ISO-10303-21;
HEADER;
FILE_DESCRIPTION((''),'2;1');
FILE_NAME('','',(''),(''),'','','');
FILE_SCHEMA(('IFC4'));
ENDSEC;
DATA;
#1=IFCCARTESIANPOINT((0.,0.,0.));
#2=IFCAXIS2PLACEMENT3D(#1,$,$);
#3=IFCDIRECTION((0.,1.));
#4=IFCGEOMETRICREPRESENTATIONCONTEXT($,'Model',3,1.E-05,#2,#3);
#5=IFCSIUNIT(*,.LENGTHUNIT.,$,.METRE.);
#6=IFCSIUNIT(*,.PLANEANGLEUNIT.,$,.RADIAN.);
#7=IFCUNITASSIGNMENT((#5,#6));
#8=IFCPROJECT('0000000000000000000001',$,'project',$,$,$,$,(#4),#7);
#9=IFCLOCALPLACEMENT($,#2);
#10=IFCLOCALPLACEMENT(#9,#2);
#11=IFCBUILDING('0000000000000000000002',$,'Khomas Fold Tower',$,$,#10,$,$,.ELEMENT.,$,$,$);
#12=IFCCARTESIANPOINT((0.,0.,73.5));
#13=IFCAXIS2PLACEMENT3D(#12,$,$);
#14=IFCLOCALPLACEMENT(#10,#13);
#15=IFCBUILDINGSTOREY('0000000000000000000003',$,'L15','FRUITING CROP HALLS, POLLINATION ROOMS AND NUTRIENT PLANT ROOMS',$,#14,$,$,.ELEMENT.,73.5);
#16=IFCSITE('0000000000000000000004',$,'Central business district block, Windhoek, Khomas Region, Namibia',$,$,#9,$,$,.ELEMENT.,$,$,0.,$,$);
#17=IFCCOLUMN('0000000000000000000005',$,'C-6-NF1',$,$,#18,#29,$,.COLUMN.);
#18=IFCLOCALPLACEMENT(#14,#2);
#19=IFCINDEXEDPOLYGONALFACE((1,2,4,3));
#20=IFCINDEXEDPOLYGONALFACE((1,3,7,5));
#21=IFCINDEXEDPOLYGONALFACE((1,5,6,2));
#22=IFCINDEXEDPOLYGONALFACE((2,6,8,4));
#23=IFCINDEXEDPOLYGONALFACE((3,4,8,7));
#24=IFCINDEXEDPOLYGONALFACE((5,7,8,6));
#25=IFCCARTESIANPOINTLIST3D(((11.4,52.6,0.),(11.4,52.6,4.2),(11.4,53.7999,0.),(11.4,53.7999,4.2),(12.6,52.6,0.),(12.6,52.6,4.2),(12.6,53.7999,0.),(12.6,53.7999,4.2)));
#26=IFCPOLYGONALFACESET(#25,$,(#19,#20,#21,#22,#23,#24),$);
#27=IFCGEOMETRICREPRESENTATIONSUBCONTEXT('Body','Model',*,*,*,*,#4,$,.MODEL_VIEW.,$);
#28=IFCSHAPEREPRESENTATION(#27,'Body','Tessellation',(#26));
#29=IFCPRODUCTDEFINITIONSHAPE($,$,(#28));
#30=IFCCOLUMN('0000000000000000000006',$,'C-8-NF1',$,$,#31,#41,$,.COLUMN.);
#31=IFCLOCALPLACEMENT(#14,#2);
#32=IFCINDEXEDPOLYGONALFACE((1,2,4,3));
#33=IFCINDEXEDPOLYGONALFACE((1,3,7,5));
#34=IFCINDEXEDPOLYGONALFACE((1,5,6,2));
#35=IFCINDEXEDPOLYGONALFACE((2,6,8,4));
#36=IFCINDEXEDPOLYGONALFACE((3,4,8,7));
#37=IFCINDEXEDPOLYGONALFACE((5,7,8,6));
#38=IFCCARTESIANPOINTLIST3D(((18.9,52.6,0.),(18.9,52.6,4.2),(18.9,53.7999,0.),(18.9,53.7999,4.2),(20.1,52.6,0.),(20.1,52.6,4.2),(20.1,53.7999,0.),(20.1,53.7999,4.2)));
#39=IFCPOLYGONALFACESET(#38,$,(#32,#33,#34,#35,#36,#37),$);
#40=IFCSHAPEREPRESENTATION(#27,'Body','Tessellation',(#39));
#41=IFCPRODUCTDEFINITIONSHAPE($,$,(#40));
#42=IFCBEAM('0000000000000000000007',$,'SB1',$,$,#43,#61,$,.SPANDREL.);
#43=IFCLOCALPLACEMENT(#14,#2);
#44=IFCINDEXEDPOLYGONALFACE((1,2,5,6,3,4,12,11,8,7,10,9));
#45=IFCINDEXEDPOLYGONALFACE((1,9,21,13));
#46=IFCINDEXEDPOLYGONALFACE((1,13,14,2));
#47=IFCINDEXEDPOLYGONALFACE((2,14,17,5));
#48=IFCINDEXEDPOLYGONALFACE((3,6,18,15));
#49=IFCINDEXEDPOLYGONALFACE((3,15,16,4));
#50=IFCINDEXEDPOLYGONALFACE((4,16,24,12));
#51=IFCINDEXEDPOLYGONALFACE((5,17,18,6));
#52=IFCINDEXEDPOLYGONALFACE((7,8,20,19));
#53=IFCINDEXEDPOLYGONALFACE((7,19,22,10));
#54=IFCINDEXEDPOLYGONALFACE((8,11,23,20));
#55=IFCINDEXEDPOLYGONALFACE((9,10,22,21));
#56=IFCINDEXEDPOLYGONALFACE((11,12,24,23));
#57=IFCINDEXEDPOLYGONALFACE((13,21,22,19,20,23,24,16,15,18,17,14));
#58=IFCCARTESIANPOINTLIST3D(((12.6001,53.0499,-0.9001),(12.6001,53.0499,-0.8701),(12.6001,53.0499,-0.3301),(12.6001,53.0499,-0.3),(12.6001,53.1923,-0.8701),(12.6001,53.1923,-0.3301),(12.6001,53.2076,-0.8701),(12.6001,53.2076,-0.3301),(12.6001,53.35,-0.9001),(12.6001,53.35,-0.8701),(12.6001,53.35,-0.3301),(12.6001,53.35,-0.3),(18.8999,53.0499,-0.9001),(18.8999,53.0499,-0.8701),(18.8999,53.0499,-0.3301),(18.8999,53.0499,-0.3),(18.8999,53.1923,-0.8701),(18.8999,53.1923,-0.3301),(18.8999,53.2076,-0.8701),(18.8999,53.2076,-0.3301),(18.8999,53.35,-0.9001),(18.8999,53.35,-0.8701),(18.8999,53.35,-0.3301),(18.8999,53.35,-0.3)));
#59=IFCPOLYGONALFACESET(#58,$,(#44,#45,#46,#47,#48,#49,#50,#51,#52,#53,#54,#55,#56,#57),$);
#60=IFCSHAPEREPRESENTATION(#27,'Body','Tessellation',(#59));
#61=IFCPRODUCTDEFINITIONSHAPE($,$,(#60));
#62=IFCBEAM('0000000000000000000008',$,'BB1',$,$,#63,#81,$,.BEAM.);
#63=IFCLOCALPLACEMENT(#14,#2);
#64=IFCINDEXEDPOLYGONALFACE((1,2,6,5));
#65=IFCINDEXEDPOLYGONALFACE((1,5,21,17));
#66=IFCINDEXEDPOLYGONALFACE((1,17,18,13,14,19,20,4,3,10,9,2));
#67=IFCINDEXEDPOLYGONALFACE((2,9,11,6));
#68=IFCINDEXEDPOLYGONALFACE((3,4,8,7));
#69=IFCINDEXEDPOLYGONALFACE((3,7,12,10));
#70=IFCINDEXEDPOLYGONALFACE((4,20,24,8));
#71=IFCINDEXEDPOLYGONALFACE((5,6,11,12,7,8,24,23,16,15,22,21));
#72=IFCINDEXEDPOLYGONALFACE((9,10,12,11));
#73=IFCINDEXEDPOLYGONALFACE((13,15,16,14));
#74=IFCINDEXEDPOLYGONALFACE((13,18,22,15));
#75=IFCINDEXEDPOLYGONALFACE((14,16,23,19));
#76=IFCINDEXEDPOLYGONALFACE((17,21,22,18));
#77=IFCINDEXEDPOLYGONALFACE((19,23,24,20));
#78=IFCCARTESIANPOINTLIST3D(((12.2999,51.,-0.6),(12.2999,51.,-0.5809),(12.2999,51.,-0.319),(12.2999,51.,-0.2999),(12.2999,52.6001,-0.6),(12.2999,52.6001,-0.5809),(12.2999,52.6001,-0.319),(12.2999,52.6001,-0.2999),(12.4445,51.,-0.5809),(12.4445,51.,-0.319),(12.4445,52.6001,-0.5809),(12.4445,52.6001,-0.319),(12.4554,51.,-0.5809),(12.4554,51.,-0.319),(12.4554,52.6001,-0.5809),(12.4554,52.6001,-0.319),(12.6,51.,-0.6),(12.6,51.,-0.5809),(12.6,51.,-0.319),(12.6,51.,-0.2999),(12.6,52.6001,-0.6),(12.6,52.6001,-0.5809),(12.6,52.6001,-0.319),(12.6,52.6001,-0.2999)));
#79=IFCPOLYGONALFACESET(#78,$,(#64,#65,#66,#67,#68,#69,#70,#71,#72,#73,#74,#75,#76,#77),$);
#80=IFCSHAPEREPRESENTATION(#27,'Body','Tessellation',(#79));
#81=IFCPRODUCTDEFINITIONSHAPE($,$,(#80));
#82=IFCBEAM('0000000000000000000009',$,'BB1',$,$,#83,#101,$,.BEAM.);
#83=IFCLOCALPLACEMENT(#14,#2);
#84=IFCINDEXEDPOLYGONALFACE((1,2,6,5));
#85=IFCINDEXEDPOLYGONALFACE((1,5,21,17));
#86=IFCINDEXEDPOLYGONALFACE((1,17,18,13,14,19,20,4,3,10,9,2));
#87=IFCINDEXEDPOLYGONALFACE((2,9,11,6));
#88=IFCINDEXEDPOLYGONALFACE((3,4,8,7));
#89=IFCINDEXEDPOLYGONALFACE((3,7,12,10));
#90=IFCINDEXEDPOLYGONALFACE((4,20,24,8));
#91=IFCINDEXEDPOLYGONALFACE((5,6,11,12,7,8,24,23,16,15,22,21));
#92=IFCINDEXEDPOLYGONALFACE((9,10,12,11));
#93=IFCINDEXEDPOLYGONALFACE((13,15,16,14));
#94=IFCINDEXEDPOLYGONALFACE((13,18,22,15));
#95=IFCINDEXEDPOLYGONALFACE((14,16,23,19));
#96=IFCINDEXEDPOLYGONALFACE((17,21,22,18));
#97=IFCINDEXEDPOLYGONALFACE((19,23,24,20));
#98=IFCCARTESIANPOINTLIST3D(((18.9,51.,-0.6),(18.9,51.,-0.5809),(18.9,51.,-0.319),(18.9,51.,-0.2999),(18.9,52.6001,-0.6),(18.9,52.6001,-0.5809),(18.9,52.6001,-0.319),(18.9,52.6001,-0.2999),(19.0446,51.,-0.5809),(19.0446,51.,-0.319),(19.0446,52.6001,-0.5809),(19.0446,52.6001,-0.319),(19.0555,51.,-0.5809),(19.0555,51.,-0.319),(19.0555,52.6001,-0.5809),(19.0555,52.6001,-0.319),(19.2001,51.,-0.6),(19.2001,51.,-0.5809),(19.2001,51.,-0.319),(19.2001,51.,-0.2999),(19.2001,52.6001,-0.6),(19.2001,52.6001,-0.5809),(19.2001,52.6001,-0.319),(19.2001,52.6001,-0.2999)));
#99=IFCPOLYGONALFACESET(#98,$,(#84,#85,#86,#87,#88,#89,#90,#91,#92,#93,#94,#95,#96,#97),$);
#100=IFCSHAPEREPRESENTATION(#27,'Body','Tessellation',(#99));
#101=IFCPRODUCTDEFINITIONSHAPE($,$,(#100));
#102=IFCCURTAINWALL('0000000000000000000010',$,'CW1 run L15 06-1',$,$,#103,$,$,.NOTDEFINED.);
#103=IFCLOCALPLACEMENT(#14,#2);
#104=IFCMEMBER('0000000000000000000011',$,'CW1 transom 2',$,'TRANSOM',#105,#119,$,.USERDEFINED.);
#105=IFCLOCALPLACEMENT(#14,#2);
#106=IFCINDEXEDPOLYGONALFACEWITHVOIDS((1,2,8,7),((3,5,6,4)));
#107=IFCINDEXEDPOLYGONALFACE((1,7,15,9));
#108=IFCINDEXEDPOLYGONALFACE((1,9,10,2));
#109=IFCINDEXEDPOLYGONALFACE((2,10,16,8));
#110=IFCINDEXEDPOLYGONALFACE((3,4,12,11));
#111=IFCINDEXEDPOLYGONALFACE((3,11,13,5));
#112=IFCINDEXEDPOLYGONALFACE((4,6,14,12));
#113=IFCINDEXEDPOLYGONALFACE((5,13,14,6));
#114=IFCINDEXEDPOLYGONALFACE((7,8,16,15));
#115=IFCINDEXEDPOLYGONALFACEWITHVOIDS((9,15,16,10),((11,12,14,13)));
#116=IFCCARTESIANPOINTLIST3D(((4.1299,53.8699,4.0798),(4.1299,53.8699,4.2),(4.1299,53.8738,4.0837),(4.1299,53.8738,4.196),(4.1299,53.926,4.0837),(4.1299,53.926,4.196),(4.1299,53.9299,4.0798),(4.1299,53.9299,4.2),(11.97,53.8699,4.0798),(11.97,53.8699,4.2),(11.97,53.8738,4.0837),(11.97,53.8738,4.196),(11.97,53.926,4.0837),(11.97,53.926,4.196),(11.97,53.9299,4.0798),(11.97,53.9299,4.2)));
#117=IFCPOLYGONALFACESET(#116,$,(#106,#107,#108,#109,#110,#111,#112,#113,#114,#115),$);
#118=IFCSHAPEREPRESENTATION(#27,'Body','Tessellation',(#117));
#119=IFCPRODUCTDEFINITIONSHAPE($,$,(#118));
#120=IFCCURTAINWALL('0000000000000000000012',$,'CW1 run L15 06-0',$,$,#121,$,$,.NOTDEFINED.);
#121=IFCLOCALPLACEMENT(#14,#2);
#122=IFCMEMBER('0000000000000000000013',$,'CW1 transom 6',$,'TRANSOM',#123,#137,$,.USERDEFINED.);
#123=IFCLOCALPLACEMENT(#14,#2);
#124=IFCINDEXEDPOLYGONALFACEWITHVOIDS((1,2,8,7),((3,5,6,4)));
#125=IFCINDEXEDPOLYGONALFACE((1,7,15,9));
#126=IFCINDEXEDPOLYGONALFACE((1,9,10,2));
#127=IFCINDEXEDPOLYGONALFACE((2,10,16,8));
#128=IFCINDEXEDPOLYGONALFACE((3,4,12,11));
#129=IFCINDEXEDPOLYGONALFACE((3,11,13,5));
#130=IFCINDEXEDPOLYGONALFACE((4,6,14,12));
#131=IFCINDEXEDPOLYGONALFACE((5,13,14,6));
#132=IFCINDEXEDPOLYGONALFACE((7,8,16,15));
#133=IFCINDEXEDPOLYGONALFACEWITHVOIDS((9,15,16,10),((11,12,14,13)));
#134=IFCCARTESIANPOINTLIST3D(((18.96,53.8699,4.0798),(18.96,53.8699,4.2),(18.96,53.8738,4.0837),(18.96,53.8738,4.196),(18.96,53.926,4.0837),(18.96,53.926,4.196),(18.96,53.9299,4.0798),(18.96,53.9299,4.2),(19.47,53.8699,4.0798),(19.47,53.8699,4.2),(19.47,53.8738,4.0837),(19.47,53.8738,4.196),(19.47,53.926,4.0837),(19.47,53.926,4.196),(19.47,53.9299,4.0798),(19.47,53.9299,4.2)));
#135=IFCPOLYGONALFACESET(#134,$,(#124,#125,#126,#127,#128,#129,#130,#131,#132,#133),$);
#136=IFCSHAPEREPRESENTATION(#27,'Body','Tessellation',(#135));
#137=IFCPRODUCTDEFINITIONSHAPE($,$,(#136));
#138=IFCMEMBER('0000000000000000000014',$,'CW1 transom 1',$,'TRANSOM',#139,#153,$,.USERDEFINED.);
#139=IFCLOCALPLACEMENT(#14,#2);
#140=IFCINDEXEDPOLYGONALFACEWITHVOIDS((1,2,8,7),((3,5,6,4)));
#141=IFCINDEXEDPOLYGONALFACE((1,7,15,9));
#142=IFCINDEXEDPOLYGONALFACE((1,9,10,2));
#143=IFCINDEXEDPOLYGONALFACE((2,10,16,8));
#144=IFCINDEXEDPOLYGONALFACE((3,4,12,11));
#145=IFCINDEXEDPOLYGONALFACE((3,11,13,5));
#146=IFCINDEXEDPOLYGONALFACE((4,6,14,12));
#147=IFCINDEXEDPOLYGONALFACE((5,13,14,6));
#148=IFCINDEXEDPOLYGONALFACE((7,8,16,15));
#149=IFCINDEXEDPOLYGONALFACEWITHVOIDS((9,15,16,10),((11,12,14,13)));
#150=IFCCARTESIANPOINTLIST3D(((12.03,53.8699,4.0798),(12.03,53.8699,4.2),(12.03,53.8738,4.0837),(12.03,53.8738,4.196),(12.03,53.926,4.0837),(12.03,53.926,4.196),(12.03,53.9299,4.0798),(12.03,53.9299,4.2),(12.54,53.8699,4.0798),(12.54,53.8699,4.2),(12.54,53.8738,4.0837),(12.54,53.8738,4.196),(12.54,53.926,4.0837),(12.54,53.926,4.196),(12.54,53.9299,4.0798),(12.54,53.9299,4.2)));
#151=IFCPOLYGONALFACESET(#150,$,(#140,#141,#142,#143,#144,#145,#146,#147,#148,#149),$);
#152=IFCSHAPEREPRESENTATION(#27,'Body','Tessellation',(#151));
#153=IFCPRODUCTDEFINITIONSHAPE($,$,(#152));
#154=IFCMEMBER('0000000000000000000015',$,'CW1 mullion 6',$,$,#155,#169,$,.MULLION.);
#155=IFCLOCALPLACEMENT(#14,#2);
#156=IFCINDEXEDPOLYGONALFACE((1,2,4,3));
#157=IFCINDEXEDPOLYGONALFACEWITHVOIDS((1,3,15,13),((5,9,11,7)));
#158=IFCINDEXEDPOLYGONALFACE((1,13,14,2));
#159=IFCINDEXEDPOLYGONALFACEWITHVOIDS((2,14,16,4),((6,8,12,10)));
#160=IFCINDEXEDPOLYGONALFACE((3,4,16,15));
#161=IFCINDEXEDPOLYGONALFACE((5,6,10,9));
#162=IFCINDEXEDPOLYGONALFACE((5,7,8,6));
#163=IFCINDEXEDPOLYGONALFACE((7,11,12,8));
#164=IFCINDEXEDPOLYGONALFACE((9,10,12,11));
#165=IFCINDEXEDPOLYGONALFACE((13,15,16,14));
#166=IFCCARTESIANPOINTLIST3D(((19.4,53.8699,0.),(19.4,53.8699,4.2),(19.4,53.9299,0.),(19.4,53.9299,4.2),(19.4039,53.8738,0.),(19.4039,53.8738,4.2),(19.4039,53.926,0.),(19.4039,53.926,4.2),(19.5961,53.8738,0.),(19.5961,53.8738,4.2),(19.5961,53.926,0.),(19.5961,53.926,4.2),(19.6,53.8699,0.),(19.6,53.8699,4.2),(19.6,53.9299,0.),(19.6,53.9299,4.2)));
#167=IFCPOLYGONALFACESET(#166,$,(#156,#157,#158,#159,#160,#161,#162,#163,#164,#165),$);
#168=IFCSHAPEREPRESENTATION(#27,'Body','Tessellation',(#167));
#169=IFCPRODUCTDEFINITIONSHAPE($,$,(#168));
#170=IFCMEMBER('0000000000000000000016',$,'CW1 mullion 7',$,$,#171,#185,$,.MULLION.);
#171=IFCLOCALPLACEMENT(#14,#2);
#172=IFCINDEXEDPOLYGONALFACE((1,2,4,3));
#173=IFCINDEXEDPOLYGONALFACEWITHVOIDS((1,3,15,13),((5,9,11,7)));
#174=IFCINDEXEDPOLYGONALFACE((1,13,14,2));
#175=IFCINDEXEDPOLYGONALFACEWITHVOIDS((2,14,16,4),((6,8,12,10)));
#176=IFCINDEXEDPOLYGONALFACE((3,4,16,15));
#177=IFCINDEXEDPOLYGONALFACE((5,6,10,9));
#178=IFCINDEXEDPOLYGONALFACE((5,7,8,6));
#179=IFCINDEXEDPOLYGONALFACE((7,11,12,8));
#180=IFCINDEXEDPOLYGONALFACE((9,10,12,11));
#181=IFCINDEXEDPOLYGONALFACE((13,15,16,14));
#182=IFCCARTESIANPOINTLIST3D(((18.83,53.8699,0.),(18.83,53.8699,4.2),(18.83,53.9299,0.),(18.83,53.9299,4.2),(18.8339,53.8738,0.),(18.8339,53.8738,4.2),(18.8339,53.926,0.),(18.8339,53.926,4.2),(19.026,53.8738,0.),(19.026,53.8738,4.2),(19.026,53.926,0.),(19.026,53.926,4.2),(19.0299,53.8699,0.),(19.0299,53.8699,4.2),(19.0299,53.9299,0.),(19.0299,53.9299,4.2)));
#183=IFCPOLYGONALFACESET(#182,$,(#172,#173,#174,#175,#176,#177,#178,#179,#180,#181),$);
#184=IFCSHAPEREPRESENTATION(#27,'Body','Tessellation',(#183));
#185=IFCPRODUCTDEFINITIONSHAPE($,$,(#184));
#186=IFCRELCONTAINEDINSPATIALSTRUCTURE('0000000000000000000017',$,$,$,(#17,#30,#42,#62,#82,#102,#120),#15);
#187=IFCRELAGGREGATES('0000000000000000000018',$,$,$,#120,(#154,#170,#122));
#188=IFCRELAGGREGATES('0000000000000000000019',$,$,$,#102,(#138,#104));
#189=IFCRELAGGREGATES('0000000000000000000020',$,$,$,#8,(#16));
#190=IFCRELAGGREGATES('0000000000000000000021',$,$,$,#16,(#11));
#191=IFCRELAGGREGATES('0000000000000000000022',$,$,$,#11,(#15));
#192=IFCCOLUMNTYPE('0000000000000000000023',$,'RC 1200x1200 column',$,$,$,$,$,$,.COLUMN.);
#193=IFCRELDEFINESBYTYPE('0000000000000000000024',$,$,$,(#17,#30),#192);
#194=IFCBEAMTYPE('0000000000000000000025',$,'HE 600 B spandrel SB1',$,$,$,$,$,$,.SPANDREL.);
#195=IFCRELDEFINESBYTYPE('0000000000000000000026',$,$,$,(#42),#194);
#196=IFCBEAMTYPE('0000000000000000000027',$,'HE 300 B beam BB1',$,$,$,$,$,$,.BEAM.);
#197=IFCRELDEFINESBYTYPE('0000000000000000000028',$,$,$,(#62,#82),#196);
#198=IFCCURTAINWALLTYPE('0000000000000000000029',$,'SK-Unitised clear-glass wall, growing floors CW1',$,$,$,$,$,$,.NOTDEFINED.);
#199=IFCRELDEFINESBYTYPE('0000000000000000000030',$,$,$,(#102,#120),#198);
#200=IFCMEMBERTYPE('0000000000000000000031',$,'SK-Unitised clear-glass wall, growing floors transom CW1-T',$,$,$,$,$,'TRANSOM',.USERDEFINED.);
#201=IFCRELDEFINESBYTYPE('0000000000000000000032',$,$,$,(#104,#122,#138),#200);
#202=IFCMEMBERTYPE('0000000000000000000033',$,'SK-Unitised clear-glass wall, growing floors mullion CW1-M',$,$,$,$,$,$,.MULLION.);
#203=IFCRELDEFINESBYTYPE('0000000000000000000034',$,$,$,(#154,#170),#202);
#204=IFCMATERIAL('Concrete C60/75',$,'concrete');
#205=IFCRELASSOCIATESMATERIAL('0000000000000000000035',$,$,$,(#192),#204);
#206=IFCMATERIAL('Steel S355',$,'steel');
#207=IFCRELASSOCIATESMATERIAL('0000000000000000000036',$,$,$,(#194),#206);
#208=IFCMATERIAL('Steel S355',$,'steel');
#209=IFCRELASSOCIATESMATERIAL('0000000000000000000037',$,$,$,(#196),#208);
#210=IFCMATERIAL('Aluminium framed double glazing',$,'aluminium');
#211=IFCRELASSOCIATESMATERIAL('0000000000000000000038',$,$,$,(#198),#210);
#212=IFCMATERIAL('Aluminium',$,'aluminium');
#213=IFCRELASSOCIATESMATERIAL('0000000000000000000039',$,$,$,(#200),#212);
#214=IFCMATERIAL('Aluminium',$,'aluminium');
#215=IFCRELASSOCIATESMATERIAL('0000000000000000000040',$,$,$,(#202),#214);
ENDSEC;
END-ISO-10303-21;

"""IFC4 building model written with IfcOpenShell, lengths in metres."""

from ifc_helpers import new_model, si_unit, direction, frame, origin, origin_2d, place, context, subcontext, project, spatial, rectangle, hollow_rectangle, i_section, extrude, source, transform, mapped, material, material_profile, profile_set, type_object, element, aggregate, save


model = new_model("IFC4")

# Units and contexts
model_context = context("Model", 3, precision=1e-05, world=origin(), true_north=direction((0.0, 1.0)))
body_context = subcontext(model_context, "Body", "Model", "MODEL_VIEW")
ifc_project = project(units=[si_unit("LENGTHUNIT", "METRE"), si_unit("PLANEANGLEUNIT", "RADIAN")], contexts=[model_context])

# Site, building, storey
site_placement = place(None, origin())
site = spatial("IfcSite", under=ifc_project, at=site_placement, Name="Central business district block, Windhoek, Khomas Region, Namibia", CompositionType="ELEMENT", RefElevation=0.0)
building_placement = place(site_placement, origin())
building = spatial("IfcBuilding", under=site, at=building_placement, Name="Khomas Fold Tower", CompositionType="ELEMENT")
storey_placement = place(building_placement, frame((0.0, 0.0, 73.5)))
storey = spatial("IfcBuildingStorey", under=building, at=storey_placement, Name="L15", Description="FRUITING CROP HALLS, POLLINATION ROOMS AND NUTRIENT PLANT ROOMS", CompositionType="ELEMENT", Elevation=73.5)

# Columns
ifc_material_1 = material(Name="Concrete C60/75", Category="concrete")
ifc_material_profile_1 = material_profile(ifc_material_1, rectangle(XDim=1.2, YDim=1.2, at=origin_2d()), Name="RC 1200x1200")
ifc_profile_set_1 = profile_set([ifc_material_profile_1], Name="Concrete C60/75")
column_type = type_object("IfcColumnType", Name="RC 1200x1200 column", PredefinedType="COLUMN", material=ifc_profile_set_1)
shared_shape_1 = source(origin(), body_context, "Body", "SweptSolid", [
    extrude(rectangle(XDim=1.2, YDim=1.2, at=origin_2d()), origin(), (0.0, 0.0, 1.0), 4.2),
])
for number, where, z_axis, x_axis, name in (
    (1, (12.0, 53.2, 0.0), (0.0, 0.0, 1.0), (1.0, 0.0, 0.0), "C-6-NF1"),
    (2, (19.5, 53.2, 0.0), (0.0, 0.0, 1.0), (1.0, 0.0, 0.0), "C-8-NF1"),
):
    element("IfcColumn", number, at=place(storey_placement, frame(where, z_axis=z_axis, x_axis=x_axis)), inside=storey, type_object=column_type, Name=name, PredefinedType="COLUMN", context=body_context, shape_type="MappedRepresentation", body=[
        mapped(shared_shape_1, transform((0.0, 0.0, 0.0))),
    ])

# Beams
ifc_material_2 = material(Name="Steel S355", Category="steel")
ifc_material_profile_2 = material_profile(ifc_material_2, i_section(OverallWidth=0.3, OverallDepth=0.6001, WebThickness=0.0154, FlangeThickness=0.03, at=origin_2d()), Name="HE 600 B")
ifc_profile_set_2 = profile_set([ifc_material_profile_2], Name="Steel S355")
beam_type_1 = type_object("IfcBeamType", Name="HE 600 B spandrel SB1", PredefinedType="SPANDREL", material=ifc_profile_set_2)
shared_shape_2 = source(origin(), body_context, "Body", "SweptSolid", [
    extrude(i_section(OverallWidth=0.3, OverallDepth=0.6001, WebThickness=0.0154, FlangeThickness=0.03, at=origin_2d()), origin(), (0.0, 0.0, 1.0), 6.2998),
])
beam_placement = place(storey_placement, frame((12.6001, 53.2, -0.6001), z_axis=(1.0, 0.0, 0.0), x_axis=(0.0, 1.0, 0.0)))
element("IfcBeam", 3, at=beam_placement, inside=storey, type_object=beam_type_1, Name="SB1", PredefinedType="SPANDREL", context=body_context, shape_type="MappedRepresentation", body=[
    mapped(shared_shape_2, transform((0.0, 0.0, 0.0))),
])
ifc_material_3 = material(Name="Steel S355", Category="steel")
ifc_material_profile_3 = material_profile(ifc_material_3, i_section(OverallWidth=0.3, OverallDepth=0.3, WebThickness=0.011, FlangeThickness=0.019, at=origin_2d()), Name="HE 300 B")
ifc_profile_set_3 = profile_set([ifc_material_profile_3], Name="Steel S355")
beam_type_2 = type_object("IfcBeamType", Name="HE 300 B beam BB1", PredefinedType="BEAM", material=ifc_profile_set_3)
shared_shape_3 = source(origin(), body_context, "Body", "SweptSolid", [
    extrude(i_section(OverallWidth=0.3, OverallDepth=0.3, WebThickness=0.011, FlangeThickness=0.019, at=origin_2d()), origin(), (0.0, 0.0, 1.0), 1.6001),
])
for number, where, z_axis, x_axis, name in (
    (4, (12.45, 51.0, -0.45), (0.0, 1.0, 0.0), (-1.0, 0.0, 0.0), "BB1"),
    (5, (19.05, 51.0, -0.45), (0.0, 1.0, 0.0), (-1.0, 0.0, 0.0), "BB1"),
):
    element("IfcBeam", number, at=place(storey_placement, frame(where, z_axis=z_axis, x_axis=x_axis)), inside=storey, type_object=beam_type_2, Name=name, PredefinedType="BEAM", context=body_context, shape_type="MappedRepresentation", body=[
        mapped(shared_shape_3, transform((0.0, 0.0, 0.0))),
    ])

# Curtain walls, members
ifc_material_4 = material(Name="Aluminium framed double glazing", Category="aluminium")
curtain_wall_type = type_object("IfcCurtainWallType", Name="SK-Unitised clear-glass wall, growing floors CW1", PredefinedType="NOTDEFINED", material=ifc_material_4)
curtain_wall_1_placement = place(storey_placement, origin())
curtain_wall_1 = element("IfcCurtainWall", 6, at=curtain_wall_1_placement, inside=storey, type_object=curtain_wall_type, Name="CW1 run L15 06-1", PredefinedType="NOTDEFINED")
ifc_material_5 = material(Name="Aluminium", Category="aluminium")
ifc_material_profile_4 = material_profile(ifc_material_5, hollow_rectangle(XDim=0.0601, YDim=0.1201, WallThickness=0.0039, at=origin_2d()), Name="SK-Unitised clear-glass wall, growing floors transom CW1-T")
ifc_profile_set_4 = profile_set([ifc_material_profile_4], Name="Aluminium")
member_type_1 = type_object("IfcMemberType", Name="SK-Unitised clear-glass wall, growing floors transom CW1-T", ElementType="TRANSOM", PredefinedType="USERDEFINED", material=ifc_profile_set_4)
shared_shape_4 = source(origin(), body_context, "Body", "SweptSolid", [
    extrude(hollow_rectangle(XDim=0.0601, YDim=0.1201, WallThickness=0.0039, at=origin_2d()), origin(), (0.0, 0.0, 1.0), 7.8401),
])
member_1_placement = place(storey_placement, frame((11.97, 53.8999, 4.1399), z_axis=(-1.0, 0.0, 0.0), x_axis=(0.0, -1.0, 0.0)))
member_1 = element("IfcMember", 7, at=member_1_placement, type_object=member_type_1, Name="CW1 transom 2", ObjectType="TRANSOM", PredefinedType="USERDEFINED", context=body_context, shape_type="MappedRepresentation", body=[
    mapped(shared_shape_4, transform((0.0, 0.0, 0.0))),
])
curtain_wall_2_placement = place(storey_placement, origin())
curtain_wall_2 = element("IfcCurtainWall", 8, at=curtain_wall_2_placement, inside=storey, type_object=curtain_wall_type, Name="CW1 run L15 06-0", PredefinedType="NOTDEFINED")
shared_shape_5 = source(origin(), body_context, "Body", "SweptSolid", [
    extrude(hollow_rectangle(XDim=0.0601, YDim=0.1201, WallThickness=0.0039, at=origin_2d()), origin(), (0.0, 0.0, 1.0), 0.51),
])
member_2_placement = place(storey_placement, frame((19.47, 53.8999, 4.1399), z_axis=(-1.0, 0.0, 0.0), x_axis=(0.0, -1.0, 0.0)))
member_2 = element("IfcMember", 9, at=member_2_placement, type_object=member_type_1, Name="CW1 transom 6", ObjectType="TRANSOM", PredefinedType="USERDEFINED", context=body_context, shape_type="MappedRepresentation", body=[
    mapped(shared_shape_5, transform((0.0, 0.0, 0.0))),
])

# Members
member_3_placement = place(storey_placement, frame((12.54, 53.8999, 4.1399), z_axis=(-1.0, 0.0, 0.0), x_axis=(0.0, -1.0, 0.0)))
member_3 = element("IfcMember", 10, at=member_3_placement, type_object=member_type_1, Name="CW1 transom 1", ObjectType="TRANSOM", PredefinedType="USERDEFINED", context=body_context, shape_type="MappedRepresentation", body=[
    mapped(shared_shape_5, transform((0.0, 0.0, 0.0))),
])
ifc_material_6 = material(Name="Aluminium", Category="aluminium")
ifc_material_profile_5 = material_profile(ifc_material_6, hollow_rectangle(XDim=0.0601, YDim=0.2, WallThickness=0.0039, at=origin_2d()), Name="SK-Unitised clear-glass wall, growing floors mullion CW1-M")
ifc_profile_set_5 = profile_set([ifc_material_profile_5], Name="Aluminium")
member_type_2 = type_object("IfcMemberType", Name="SK-Unitised clear-glass wall, growing floors mullion CW1-M", PredefinedType="MULLION", material=ifc_profile_set_5)
shared_shape_6 = source(origin(), body_context, "Body", "SweptSolid", [
    extrude(hollow_rectangle(XDim=0.0601, YDim=0.2, WallThickness=0.0039, at=origin_2d()), origin(), (0.0, 0.0, 1.0), 4.2),
])
member_4_placement = place(storey_placement, frame((19.5, 53.8999, 0.0), z_axis=(0.0, 0.0, 1.0), x_axis=(0.0, -1.0, 0.0)))
member_4 = element("IfcMember", 11, at=member_4_placement, type_object=member_type_2, Name="CW1 mullion 6", PredefinedType="MULLION", context=body_context, shape_type="MappedRepresentation", body=[
    mapped(shared_shape_6, transform((0.0, 0.0, 0.0))),
])
member_5_placement = place(storey_placement, frame((18.9299, 53.8999, 0.0), z_axis=(0.0, 0.0, 1.0), x_axis=(0.0, -1.0, 0.0)))
member_5 = element("IfcMember", 12, at=member_5_placement, type_object=member_type_2, Name="CW1 mullion 7", PredefinedType="MULLION", context=body_context, shape_type="MappedRepresentation", body=[
    mapped(shared_shape_6, transform((0.0, 0.0, 0.0))),
])

aggregate(curtain_wall_2, [member_4, member_5, member_2])
aggregate(curtain_wall_1, [member_3, member_1])

save(model, "model.ifc")
